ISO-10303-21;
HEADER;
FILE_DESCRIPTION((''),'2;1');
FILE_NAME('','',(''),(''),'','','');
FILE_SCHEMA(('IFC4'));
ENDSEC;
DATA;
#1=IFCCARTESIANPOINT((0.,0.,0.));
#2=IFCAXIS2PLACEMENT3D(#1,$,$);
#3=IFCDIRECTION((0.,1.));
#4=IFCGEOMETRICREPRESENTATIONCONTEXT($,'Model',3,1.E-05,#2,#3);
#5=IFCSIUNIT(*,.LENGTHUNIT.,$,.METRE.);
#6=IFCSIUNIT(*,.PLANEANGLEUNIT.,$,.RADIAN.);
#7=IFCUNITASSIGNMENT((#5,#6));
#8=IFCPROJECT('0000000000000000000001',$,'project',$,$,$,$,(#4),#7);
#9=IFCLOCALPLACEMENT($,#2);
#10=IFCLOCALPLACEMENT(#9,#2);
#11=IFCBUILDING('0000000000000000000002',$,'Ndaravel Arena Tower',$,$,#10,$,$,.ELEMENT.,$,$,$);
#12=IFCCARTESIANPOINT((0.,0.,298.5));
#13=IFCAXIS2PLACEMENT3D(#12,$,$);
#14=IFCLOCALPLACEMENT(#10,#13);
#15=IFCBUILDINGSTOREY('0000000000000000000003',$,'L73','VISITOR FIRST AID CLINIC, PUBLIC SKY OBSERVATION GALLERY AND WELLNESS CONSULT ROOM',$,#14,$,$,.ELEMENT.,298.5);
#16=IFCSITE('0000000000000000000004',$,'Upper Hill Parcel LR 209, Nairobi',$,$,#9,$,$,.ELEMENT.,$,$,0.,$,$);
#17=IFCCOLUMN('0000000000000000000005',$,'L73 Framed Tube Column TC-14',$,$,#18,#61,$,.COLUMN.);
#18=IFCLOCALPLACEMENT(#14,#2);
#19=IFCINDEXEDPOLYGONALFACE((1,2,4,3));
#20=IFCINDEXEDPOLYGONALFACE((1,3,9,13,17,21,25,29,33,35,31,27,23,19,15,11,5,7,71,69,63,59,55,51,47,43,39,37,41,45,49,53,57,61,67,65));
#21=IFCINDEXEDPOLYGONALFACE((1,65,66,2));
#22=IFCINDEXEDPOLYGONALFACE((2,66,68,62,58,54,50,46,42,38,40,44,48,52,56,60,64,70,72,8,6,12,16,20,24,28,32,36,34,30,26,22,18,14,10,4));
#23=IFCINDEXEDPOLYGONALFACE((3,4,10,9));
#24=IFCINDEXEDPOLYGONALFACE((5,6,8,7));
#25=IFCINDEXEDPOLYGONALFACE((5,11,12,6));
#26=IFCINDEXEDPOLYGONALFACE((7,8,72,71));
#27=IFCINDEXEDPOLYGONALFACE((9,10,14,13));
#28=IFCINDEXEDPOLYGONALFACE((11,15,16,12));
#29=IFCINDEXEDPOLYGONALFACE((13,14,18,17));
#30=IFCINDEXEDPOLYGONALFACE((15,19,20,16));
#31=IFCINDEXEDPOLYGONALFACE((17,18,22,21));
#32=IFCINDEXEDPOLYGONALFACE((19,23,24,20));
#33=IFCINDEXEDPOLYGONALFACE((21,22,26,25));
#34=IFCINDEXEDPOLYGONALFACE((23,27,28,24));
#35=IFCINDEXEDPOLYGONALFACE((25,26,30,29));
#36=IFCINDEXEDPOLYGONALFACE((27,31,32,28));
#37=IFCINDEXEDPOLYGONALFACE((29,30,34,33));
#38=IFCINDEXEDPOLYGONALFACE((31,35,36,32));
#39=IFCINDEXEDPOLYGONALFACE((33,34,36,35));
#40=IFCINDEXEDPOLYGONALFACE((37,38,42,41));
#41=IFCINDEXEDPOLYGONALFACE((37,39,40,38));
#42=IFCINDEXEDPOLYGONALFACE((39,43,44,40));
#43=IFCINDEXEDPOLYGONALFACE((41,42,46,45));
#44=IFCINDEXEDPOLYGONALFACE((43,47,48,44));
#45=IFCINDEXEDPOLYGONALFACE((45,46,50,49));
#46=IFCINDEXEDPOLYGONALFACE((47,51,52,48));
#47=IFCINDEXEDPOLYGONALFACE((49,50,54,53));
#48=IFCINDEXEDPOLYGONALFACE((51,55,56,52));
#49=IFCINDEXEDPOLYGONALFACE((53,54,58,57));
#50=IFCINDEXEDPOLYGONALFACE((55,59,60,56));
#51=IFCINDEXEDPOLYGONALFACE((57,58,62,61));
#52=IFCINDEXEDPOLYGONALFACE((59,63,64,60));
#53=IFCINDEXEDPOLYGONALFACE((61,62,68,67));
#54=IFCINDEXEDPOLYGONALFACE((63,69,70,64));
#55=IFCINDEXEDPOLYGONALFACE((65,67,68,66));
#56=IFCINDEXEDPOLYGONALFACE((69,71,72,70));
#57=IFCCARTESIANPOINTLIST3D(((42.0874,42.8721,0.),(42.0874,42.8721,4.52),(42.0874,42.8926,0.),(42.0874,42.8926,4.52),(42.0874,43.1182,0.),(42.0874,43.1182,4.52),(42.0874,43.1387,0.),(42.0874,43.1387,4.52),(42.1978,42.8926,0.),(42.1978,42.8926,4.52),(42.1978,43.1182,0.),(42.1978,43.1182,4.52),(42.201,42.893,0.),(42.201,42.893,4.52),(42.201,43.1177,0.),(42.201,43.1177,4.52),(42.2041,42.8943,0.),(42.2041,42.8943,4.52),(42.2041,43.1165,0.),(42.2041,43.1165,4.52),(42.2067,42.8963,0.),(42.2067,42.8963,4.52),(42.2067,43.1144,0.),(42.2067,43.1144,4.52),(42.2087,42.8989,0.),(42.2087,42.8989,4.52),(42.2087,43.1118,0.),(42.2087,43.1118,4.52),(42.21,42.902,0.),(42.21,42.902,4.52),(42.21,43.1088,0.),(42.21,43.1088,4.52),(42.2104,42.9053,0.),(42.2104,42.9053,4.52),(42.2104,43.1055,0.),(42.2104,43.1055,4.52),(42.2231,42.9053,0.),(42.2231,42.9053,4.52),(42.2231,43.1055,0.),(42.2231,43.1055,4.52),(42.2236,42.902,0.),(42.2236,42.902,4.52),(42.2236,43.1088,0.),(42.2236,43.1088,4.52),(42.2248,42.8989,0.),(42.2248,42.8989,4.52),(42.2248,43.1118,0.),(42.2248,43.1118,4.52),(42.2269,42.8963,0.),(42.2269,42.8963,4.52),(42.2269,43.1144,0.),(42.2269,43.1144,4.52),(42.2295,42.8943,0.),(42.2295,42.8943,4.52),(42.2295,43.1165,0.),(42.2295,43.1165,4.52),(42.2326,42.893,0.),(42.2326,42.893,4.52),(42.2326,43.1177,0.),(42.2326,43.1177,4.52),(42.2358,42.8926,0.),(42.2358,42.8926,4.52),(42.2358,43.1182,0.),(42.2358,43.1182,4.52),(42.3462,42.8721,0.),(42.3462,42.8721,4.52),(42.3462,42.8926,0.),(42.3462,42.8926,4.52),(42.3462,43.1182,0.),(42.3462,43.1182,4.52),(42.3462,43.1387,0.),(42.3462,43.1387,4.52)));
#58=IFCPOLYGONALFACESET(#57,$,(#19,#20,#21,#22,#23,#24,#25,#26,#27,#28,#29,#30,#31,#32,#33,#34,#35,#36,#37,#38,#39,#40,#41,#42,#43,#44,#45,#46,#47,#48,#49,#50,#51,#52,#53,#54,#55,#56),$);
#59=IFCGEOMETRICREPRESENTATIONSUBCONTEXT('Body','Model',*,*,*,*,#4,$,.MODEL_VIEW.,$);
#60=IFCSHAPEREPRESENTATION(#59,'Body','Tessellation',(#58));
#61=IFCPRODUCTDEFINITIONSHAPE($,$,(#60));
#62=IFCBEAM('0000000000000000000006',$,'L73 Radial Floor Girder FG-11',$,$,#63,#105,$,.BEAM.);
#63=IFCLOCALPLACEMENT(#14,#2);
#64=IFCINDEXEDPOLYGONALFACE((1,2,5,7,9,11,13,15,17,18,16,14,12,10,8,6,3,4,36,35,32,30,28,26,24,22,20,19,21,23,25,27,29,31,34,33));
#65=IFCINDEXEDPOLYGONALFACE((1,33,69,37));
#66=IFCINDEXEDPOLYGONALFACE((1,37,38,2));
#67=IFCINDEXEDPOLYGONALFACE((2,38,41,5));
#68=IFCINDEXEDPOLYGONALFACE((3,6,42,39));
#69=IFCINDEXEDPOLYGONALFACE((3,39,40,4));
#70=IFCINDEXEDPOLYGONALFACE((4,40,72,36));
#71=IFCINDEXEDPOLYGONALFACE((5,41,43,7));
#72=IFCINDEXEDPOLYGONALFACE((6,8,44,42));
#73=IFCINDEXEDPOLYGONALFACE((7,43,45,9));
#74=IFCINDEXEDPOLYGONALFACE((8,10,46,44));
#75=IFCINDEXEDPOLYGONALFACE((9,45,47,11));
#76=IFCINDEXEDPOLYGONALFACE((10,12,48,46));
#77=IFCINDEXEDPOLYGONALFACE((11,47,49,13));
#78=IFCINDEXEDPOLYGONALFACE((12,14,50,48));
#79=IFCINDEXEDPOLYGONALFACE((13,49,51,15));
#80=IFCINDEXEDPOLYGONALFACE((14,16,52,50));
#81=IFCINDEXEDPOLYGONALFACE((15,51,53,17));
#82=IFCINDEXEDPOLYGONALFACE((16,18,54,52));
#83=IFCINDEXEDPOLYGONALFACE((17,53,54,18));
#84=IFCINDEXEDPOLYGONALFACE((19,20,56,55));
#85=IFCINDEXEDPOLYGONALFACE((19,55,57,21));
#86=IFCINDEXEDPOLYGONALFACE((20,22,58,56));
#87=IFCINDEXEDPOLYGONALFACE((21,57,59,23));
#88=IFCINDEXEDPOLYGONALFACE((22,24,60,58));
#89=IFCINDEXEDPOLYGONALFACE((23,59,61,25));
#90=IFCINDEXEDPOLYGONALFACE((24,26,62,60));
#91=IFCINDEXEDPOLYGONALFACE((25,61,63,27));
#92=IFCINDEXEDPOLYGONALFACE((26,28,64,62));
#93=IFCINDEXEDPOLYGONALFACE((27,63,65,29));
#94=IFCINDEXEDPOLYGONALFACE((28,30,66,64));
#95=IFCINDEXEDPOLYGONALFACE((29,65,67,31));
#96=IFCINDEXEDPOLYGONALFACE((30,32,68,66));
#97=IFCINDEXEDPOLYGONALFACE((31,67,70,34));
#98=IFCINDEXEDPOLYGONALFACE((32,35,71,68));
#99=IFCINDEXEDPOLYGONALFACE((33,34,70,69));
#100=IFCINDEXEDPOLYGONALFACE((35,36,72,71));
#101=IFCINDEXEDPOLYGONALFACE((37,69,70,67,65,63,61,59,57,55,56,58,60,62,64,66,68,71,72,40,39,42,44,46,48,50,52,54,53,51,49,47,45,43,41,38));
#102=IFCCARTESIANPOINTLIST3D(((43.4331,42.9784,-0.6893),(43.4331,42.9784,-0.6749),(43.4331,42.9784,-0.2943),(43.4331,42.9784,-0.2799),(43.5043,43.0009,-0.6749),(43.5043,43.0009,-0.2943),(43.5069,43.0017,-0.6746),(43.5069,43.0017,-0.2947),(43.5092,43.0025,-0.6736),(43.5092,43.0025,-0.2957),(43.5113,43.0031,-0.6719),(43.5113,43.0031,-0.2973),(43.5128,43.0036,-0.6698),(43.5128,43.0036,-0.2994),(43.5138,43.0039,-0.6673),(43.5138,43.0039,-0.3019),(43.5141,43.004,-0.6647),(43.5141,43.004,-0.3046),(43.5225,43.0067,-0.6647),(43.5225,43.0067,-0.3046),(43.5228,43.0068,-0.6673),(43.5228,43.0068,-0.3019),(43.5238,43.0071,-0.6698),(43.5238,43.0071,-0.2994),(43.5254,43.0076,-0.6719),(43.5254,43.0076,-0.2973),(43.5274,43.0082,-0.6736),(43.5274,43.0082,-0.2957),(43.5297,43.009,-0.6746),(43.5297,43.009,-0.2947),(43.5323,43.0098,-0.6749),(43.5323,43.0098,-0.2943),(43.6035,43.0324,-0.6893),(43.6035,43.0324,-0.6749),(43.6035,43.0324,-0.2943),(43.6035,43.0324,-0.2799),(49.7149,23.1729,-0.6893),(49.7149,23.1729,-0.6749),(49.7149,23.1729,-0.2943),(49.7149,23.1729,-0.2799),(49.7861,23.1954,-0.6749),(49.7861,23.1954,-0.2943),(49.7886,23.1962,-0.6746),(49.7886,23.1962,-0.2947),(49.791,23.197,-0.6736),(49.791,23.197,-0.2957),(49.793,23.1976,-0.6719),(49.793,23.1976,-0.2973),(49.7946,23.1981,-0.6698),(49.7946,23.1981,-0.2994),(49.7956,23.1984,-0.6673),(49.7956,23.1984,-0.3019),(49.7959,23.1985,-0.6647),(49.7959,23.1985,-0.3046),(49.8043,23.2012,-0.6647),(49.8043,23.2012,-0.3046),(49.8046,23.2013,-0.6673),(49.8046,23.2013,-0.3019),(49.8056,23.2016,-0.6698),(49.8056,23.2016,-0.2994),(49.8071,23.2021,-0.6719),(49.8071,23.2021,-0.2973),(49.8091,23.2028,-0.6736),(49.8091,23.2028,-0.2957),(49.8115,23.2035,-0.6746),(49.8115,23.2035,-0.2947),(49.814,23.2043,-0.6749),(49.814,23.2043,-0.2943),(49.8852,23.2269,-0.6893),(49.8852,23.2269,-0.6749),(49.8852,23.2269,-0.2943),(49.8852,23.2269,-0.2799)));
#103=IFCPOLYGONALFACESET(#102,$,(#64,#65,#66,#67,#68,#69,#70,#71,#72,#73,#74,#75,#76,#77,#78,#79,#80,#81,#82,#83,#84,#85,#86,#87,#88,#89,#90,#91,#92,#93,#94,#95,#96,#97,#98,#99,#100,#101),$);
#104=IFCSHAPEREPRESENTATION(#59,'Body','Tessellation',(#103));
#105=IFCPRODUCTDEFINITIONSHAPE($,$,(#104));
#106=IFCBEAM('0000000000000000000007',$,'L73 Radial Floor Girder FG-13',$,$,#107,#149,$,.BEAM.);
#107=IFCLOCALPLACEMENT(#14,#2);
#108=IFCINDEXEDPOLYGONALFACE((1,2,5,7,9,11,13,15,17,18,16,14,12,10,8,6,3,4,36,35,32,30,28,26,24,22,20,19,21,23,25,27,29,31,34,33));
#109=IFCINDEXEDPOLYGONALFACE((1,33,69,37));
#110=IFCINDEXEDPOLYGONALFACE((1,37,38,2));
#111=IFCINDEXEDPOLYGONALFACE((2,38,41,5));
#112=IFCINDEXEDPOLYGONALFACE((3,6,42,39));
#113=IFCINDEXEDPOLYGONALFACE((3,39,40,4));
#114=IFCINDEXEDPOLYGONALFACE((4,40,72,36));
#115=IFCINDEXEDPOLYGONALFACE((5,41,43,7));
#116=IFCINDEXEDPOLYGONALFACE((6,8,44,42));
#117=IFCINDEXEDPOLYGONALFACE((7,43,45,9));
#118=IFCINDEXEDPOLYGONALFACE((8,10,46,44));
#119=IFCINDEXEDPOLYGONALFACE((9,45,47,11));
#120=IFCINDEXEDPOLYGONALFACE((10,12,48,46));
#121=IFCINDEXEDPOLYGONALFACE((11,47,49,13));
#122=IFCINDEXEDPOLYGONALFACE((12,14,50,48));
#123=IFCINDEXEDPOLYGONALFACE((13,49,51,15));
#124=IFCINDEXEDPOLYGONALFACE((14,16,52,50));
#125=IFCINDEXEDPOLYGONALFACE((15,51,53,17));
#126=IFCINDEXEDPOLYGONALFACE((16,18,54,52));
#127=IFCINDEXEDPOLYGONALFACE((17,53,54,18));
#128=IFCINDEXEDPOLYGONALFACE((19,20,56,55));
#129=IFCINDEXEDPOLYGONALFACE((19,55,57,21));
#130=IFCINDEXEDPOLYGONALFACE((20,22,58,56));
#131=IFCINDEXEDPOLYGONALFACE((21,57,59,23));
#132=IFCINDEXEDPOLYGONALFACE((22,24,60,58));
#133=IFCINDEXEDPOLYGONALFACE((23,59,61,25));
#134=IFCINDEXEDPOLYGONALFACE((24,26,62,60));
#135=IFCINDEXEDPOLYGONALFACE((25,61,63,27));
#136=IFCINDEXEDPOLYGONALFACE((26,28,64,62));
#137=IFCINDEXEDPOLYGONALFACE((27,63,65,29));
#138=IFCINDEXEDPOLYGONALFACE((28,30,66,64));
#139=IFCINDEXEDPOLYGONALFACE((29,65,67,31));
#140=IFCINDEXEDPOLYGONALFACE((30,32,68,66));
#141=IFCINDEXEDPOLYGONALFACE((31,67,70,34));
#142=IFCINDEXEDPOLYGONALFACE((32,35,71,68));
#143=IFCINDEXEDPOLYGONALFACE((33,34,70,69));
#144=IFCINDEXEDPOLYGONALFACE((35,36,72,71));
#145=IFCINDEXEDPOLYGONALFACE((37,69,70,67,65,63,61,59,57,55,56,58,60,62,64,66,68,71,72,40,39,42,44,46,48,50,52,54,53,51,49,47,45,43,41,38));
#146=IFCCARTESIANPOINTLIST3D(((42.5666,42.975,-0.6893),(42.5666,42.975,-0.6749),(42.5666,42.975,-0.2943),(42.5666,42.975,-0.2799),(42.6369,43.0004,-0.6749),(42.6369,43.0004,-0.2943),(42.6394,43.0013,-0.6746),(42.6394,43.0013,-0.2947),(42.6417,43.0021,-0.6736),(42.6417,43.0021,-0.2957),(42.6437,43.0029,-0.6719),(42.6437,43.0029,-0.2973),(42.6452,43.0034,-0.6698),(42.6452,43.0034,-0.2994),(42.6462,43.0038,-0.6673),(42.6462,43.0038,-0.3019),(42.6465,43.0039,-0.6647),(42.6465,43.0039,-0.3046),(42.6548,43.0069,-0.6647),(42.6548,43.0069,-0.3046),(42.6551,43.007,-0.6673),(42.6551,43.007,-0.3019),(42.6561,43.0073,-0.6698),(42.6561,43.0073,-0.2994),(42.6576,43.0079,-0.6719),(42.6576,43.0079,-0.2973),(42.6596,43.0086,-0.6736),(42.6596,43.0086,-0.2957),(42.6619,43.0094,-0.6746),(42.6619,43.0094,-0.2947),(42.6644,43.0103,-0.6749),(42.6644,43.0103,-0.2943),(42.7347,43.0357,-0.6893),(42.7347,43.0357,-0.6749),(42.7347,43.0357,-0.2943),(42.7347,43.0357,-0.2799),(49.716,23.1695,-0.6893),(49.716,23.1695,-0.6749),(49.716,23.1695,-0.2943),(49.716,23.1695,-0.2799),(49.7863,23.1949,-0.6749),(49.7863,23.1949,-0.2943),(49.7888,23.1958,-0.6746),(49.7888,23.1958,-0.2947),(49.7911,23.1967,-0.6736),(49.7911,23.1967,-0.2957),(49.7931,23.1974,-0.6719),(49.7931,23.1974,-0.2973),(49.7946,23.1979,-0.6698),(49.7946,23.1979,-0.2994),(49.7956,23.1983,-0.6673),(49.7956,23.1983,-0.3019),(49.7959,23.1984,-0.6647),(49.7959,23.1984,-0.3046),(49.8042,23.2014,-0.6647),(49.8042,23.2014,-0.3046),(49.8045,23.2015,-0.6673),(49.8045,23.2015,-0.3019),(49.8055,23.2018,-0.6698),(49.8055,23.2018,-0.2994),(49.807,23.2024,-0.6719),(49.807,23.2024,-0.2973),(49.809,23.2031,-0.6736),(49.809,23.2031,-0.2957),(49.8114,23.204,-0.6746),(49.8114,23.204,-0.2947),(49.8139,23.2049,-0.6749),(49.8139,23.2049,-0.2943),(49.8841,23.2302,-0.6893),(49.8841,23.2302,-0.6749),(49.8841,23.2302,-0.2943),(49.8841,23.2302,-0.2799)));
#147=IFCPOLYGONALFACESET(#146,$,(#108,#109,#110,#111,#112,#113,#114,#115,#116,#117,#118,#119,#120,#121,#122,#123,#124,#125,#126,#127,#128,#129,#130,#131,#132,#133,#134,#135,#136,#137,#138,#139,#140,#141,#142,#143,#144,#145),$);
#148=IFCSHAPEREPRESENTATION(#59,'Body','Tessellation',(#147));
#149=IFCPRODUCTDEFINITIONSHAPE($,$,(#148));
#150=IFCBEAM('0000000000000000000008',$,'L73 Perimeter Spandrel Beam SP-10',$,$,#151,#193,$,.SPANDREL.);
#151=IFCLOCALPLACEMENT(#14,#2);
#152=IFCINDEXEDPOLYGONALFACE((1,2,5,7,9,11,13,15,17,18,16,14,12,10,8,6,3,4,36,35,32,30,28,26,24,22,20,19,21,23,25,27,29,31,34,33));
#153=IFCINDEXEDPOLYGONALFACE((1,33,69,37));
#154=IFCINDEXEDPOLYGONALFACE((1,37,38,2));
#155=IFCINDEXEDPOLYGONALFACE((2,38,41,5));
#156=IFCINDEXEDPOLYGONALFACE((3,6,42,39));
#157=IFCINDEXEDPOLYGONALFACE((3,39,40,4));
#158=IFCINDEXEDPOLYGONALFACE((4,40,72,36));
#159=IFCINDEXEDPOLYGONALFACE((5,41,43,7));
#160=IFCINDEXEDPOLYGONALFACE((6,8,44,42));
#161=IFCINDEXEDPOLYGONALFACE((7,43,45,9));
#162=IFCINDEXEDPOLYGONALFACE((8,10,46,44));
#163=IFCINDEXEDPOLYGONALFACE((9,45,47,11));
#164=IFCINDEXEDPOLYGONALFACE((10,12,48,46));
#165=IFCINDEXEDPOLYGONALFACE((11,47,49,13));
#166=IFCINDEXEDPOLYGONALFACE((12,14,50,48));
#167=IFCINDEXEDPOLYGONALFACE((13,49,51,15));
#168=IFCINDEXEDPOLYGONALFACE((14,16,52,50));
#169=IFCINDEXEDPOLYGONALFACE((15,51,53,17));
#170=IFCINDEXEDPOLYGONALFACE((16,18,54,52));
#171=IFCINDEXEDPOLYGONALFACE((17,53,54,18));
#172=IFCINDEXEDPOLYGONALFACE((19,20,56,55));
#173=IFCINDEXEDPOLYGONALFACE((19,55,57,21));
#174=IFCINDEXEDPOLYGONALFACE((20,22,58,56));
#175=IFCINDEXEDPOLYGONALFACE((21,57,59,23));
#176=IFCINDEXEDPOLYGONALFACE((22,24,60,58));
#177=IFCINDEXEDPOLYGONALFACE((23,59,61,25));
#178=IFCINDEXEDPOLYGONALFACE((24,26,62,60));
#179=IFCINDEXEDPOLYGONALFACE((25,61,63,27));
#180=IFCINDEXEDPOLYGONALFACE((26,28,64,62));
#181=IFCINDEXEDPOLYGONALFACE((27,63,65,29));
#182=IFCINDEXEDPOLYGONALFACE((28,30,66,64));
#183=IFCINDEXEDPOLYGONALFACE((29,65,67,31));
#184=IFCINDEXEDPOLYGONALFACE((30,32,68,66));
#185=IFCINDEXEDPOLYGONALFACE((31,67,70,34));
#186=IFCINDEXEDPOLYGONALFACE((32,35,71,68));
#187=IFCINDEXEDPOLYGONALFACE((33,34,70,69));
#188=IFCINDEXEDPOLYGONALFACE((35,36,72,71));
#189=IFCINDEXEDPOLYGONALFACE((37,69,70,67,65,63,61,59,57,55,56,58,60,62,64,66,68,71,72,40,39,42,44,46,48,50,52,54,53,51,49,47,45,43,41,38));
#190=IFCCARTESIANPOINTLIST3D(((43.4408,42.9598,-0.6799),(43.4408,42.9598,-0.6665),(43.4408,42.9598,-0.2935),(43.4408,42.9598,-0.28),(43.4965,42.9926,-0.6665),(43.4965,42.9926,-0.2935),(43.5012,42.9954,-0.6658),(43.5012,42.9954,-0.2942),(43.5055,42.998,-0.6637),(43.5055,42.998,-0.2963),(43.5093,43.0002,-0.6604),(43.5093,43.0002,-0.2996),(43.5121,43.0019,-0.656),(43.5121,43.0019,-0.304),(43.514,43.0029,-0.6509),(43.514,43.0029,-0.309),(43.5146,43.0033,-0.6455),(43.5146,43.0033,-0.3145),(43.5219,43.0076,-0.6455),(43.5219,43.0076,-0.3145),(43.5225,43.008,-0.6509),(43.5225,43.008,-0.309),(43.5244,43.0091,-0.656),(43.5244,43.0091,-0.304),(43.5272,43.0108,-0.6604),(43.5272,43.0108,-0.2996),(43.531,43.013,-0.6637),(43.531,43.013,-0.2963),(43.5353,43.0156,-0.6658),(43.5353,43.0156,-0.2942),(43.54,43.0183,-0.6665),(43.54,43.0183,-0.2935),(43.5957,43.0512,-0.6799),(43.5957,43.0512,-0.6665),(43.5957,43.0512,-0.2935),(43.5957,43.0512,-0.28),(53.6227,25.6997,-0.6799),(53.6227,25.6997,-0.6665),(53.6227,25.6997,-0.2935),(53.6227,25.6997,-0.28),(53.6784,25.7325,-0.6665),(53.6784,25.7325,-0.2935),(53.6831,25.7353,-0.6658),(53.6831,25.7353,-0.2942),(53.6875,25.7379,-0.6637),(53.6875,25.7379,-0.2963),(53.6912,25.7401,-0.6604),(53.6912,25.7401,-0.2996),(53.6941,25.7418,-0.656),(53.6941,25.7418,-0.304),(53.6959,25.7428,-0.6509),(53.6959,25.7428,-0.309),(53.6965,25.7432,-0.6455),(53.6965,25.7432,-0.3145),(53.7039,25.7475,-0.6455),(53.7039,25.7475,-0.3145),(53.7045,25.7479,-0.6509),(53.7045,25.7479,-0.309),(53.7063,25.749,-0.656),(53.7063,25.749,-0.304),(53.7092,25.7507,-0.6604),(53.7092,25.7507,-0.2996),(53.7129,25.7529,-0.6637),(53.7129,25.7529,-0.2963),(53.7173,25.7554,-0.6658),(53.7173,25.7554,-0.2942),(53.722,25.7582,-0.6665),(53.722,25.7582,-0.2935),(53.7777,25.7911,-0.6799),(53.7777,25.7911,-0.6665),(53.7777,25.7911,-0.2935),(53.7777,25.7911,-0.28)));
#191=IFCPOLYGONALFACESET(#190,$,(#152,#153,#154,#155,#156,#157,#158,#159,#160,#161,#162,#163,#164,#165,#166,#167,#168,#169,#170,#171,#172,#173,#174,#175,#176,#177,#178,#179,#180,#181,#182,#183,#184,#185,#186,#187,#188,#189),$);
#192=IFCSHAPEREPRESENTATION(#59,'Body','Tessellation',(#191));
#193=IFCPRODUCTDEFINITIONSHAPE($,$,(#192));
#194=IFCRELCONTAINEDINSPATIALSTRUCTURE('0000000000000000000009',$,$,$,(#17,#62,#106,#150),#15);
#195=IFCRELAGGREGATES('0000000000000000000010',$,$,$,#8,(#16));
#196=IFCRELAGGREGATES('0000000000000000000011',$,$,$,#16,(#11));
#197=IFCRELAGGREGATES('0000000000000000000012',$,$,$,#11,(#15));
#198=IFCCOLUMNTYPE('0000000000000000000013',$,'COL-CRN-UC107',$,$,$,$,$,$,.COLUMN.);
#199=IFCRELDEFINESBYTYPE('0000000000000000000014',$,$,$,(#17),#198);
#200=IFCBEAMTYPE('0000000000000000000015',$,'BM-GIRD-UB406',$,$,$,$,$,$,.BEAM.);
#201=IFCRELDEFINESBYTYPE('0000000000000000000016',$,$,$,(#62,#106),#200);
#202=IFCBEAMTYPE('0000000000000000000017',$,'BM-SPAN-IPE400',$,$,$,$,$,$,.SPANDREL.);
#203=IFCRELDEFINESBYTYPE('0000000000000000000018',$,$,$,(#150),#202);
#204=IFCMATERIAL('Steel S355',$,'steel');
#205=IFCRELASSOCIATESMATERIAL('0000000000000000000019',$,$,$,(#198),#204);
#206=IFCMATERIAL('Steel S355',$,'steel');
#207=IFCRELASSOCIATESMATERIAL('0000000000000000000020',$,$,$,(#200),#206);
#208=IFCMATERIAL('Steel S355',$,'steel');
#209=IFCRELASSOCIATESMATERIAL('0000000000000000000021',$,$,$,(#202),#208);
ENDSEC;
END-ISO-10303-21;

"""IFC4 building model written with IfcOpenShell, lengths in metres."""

from ifc_helpers import new_model, si_unit, direction, frame, origin, origin_2d, place, context, subcontext, project, spatial, i_section, extrude, material, material_profile, profile_set, type_object, element, save


model = new_model("IFC4")

# Units and contexts
model_context = context("Model", 3, precision=1e-05, world=origin(), true_north=direction((0.0, 1.0)))
body_context = subcontext(model_context, "Body", "Model", "MODEL_VIEW")
ifc_project = project(units=[si_unit("LENGTHUNIT", "METRE"), si_unit("PLANEANGLEUNIT", "RADIAN")], contexts=[model_context])

# Site, building, storey
site_placement = place(None, origin())
site = spatial("IfcSite", under=ifc_project, at=site_placement, Name="Upper Hill Parcel LR 209, Nairobi", CompositionType="ELEMENT", RefElevation=0.0)
building_placement = place(site_placement, origin())
building = spatial("IfcBuilding", under=site, at=building_placement, Name="Ndaravel Arena Tower", CompositionType="ELEMENT")
storey_placement = place(building_placement, frame((0.0, 0.0, 298.5)))
storey = spatial("IfcBuildingStorey", under=building, at=storey_placement, Name="L73", Description="VISITOR FIRST AID CLINIC, PUBLIC SKY OBSERVATION GALLERY AND WELLNESS CONSULT ROOM", CompositionType="ELEMENT", Elevation=298.5)

# Column
ifc_material_1 = material(Name="Steel S355", Category="steel")
ifc_material_profile_1 = material_profile(ifc_material_1, i_section(OverallWidth=0.2588, OverallDepth=0.2666, WebThickness=0.0127, FlangeThickness=0.0205, FilletRadius=0.0127, at=origin_2d()), Name="UC 254x254x107")
ifc_profile_set_1 = profile_set([ifc_material_profile_1], Name="Steel S355")
column_type = type_object("IfcColumnType", Name="COL-CRN-UC107", PredefinedType="COLUMN", material=ifc_profile_set_1)
for number, where, z_axis, x_axis, name in (
    (1, (42.2168, 43.0054, 0.0), (0.0, 0.0, 1.0), (1.0, 0.0, 0.0), "L73 Framed Tube Column TC-14"),
):
    element("IfcColumn", number, at=place(storey_placement, frame(where, z_axis=z_axis, x_axis=x_axis)), inside=storey, type_object=column_type, Name=name, PredefinedType="COLUMN", context=body_context, shape_type="SweptSolid", body=[
        extrude(i_section(OverallWidth=0.2588, OverallDepth=0.2666, WebThickness=0.0127, FlangeThickness=0.0205, FilletRadius=0.0127, at=origin_2d()), origin(), (0.0, 0.0, 1.0), 4.52),
    ])

# Beams
ifc_material_2 = material(Name="Steel S355", Category="steel")
ifc_material_profile_2 = material_profile(ifc_material_2, i_section(OverallWidth=0.1787, OverallDepth=0.4094, WebThickness=0.0088, FlangeThickness=0.0144, FilletRadius=0.0103, at=origin_2d()), Name="UB 406x178x67")
ifc_profile_set_2 = profile_set([ifc_material_profile_2], Name="Steel S355")
beam_type_1 = type_object("IfcBeamType", Name="BM-GIRD-UB406", PredefinedType="BEAM", material=ifc_profile_set_2)
beam_1_placement = place(storey_placement, frame((43.5183, 43.0054, -0.4846), z_axis=(0.30233, -0.953203, 0.0), x_axis=(0.953203, 0.30233, 0.0)))
element("IfcBeam", 2, at=beam_1_placement, inside=storey, type_object=beam_type_1, Name="L73 Radial Floor Girder FG-11", PredefinedType="BEAM", context=body_context, shape_type="SweptSolid", body=[
    extrude(i_section(OverallWidth=0.1787, OverallDepth=0.4094, WebThickness=0.0088, FlangeThickness=0.0144, FilletRadius=0.0103, at=origin_2d()), origin(), (0.0, 0.0, 1.0), 20.7778),
])
beam_2_placement = place(storey_placement, frame((42.6506, 43.0054, -0.4846), z_axis=(0.339538, -0.940592, 0.0), x_axis=(0.940592, 0.339538, 0.0)))
element("IfcBeam", 3, at=beam_2_placement, inside=storey, type_object=beam_type_1, Name="L73 Radial Floor Girder FG-13", PredefinedType="BEAM", context=body_context, shape_type="SweptSolid", body=[
    extrude(i_section(OverallWidth=0.1787, OverallDepth=0.4094, WebThickness=0.0088, FlangeThickness=0.0144, FilletRadius=0.0103, at=origin_2d()), origin(), (0.0, 0.0, 1.0), 21.0564),
])
ifc_material_3 = material(Name="Steel S355", Category="steel")
ifc_material_profile_3 = material_profile(ifc_material_3, i_section(OverallWidth=0.1799, OverallDepth=0.3999, WebThickness=0.0085, FlangeThickness=0.0134, FilletRadius=0.021, at=origin_2d()), Name="IPE 400")
ifc_profile_set_3 = profile_set([ifc_material_profile_3], Name="Steel S355")
beam_type_2 = type_object("IfcBeamType", Name="BM-SPAN-IPE400", PredefinedType="SPANDREL", material=ifc_profile_set_3)
beam_3_placement = place(storey_placement, frame((53.7002, 25.7454, -0.48), z_axis=(-0.508093, 0.861302, 0.0), x_axis=(-0.861302, -0.508093, 0.0)))
element("IfcBeam", 4, at=beam_3_placement, inside=storey, type_object=beam_type_2, Name="L73 Perimeter Spandrel Beam SP-10", PredefinedType="SPANDREL", context=body_context, shape_type="SweptSolid", body=[
    extrude(i_section(OverallWidth=0.1799, OverallDepth=0.3999, WebThickness=0.0085, FlangeThickness=0.0134, FilletRadius=0.021, at=origin_2d()), origin(), (0.0, 0.0, 1.0), 20.0396),
])

save(model, "model.ifc")
